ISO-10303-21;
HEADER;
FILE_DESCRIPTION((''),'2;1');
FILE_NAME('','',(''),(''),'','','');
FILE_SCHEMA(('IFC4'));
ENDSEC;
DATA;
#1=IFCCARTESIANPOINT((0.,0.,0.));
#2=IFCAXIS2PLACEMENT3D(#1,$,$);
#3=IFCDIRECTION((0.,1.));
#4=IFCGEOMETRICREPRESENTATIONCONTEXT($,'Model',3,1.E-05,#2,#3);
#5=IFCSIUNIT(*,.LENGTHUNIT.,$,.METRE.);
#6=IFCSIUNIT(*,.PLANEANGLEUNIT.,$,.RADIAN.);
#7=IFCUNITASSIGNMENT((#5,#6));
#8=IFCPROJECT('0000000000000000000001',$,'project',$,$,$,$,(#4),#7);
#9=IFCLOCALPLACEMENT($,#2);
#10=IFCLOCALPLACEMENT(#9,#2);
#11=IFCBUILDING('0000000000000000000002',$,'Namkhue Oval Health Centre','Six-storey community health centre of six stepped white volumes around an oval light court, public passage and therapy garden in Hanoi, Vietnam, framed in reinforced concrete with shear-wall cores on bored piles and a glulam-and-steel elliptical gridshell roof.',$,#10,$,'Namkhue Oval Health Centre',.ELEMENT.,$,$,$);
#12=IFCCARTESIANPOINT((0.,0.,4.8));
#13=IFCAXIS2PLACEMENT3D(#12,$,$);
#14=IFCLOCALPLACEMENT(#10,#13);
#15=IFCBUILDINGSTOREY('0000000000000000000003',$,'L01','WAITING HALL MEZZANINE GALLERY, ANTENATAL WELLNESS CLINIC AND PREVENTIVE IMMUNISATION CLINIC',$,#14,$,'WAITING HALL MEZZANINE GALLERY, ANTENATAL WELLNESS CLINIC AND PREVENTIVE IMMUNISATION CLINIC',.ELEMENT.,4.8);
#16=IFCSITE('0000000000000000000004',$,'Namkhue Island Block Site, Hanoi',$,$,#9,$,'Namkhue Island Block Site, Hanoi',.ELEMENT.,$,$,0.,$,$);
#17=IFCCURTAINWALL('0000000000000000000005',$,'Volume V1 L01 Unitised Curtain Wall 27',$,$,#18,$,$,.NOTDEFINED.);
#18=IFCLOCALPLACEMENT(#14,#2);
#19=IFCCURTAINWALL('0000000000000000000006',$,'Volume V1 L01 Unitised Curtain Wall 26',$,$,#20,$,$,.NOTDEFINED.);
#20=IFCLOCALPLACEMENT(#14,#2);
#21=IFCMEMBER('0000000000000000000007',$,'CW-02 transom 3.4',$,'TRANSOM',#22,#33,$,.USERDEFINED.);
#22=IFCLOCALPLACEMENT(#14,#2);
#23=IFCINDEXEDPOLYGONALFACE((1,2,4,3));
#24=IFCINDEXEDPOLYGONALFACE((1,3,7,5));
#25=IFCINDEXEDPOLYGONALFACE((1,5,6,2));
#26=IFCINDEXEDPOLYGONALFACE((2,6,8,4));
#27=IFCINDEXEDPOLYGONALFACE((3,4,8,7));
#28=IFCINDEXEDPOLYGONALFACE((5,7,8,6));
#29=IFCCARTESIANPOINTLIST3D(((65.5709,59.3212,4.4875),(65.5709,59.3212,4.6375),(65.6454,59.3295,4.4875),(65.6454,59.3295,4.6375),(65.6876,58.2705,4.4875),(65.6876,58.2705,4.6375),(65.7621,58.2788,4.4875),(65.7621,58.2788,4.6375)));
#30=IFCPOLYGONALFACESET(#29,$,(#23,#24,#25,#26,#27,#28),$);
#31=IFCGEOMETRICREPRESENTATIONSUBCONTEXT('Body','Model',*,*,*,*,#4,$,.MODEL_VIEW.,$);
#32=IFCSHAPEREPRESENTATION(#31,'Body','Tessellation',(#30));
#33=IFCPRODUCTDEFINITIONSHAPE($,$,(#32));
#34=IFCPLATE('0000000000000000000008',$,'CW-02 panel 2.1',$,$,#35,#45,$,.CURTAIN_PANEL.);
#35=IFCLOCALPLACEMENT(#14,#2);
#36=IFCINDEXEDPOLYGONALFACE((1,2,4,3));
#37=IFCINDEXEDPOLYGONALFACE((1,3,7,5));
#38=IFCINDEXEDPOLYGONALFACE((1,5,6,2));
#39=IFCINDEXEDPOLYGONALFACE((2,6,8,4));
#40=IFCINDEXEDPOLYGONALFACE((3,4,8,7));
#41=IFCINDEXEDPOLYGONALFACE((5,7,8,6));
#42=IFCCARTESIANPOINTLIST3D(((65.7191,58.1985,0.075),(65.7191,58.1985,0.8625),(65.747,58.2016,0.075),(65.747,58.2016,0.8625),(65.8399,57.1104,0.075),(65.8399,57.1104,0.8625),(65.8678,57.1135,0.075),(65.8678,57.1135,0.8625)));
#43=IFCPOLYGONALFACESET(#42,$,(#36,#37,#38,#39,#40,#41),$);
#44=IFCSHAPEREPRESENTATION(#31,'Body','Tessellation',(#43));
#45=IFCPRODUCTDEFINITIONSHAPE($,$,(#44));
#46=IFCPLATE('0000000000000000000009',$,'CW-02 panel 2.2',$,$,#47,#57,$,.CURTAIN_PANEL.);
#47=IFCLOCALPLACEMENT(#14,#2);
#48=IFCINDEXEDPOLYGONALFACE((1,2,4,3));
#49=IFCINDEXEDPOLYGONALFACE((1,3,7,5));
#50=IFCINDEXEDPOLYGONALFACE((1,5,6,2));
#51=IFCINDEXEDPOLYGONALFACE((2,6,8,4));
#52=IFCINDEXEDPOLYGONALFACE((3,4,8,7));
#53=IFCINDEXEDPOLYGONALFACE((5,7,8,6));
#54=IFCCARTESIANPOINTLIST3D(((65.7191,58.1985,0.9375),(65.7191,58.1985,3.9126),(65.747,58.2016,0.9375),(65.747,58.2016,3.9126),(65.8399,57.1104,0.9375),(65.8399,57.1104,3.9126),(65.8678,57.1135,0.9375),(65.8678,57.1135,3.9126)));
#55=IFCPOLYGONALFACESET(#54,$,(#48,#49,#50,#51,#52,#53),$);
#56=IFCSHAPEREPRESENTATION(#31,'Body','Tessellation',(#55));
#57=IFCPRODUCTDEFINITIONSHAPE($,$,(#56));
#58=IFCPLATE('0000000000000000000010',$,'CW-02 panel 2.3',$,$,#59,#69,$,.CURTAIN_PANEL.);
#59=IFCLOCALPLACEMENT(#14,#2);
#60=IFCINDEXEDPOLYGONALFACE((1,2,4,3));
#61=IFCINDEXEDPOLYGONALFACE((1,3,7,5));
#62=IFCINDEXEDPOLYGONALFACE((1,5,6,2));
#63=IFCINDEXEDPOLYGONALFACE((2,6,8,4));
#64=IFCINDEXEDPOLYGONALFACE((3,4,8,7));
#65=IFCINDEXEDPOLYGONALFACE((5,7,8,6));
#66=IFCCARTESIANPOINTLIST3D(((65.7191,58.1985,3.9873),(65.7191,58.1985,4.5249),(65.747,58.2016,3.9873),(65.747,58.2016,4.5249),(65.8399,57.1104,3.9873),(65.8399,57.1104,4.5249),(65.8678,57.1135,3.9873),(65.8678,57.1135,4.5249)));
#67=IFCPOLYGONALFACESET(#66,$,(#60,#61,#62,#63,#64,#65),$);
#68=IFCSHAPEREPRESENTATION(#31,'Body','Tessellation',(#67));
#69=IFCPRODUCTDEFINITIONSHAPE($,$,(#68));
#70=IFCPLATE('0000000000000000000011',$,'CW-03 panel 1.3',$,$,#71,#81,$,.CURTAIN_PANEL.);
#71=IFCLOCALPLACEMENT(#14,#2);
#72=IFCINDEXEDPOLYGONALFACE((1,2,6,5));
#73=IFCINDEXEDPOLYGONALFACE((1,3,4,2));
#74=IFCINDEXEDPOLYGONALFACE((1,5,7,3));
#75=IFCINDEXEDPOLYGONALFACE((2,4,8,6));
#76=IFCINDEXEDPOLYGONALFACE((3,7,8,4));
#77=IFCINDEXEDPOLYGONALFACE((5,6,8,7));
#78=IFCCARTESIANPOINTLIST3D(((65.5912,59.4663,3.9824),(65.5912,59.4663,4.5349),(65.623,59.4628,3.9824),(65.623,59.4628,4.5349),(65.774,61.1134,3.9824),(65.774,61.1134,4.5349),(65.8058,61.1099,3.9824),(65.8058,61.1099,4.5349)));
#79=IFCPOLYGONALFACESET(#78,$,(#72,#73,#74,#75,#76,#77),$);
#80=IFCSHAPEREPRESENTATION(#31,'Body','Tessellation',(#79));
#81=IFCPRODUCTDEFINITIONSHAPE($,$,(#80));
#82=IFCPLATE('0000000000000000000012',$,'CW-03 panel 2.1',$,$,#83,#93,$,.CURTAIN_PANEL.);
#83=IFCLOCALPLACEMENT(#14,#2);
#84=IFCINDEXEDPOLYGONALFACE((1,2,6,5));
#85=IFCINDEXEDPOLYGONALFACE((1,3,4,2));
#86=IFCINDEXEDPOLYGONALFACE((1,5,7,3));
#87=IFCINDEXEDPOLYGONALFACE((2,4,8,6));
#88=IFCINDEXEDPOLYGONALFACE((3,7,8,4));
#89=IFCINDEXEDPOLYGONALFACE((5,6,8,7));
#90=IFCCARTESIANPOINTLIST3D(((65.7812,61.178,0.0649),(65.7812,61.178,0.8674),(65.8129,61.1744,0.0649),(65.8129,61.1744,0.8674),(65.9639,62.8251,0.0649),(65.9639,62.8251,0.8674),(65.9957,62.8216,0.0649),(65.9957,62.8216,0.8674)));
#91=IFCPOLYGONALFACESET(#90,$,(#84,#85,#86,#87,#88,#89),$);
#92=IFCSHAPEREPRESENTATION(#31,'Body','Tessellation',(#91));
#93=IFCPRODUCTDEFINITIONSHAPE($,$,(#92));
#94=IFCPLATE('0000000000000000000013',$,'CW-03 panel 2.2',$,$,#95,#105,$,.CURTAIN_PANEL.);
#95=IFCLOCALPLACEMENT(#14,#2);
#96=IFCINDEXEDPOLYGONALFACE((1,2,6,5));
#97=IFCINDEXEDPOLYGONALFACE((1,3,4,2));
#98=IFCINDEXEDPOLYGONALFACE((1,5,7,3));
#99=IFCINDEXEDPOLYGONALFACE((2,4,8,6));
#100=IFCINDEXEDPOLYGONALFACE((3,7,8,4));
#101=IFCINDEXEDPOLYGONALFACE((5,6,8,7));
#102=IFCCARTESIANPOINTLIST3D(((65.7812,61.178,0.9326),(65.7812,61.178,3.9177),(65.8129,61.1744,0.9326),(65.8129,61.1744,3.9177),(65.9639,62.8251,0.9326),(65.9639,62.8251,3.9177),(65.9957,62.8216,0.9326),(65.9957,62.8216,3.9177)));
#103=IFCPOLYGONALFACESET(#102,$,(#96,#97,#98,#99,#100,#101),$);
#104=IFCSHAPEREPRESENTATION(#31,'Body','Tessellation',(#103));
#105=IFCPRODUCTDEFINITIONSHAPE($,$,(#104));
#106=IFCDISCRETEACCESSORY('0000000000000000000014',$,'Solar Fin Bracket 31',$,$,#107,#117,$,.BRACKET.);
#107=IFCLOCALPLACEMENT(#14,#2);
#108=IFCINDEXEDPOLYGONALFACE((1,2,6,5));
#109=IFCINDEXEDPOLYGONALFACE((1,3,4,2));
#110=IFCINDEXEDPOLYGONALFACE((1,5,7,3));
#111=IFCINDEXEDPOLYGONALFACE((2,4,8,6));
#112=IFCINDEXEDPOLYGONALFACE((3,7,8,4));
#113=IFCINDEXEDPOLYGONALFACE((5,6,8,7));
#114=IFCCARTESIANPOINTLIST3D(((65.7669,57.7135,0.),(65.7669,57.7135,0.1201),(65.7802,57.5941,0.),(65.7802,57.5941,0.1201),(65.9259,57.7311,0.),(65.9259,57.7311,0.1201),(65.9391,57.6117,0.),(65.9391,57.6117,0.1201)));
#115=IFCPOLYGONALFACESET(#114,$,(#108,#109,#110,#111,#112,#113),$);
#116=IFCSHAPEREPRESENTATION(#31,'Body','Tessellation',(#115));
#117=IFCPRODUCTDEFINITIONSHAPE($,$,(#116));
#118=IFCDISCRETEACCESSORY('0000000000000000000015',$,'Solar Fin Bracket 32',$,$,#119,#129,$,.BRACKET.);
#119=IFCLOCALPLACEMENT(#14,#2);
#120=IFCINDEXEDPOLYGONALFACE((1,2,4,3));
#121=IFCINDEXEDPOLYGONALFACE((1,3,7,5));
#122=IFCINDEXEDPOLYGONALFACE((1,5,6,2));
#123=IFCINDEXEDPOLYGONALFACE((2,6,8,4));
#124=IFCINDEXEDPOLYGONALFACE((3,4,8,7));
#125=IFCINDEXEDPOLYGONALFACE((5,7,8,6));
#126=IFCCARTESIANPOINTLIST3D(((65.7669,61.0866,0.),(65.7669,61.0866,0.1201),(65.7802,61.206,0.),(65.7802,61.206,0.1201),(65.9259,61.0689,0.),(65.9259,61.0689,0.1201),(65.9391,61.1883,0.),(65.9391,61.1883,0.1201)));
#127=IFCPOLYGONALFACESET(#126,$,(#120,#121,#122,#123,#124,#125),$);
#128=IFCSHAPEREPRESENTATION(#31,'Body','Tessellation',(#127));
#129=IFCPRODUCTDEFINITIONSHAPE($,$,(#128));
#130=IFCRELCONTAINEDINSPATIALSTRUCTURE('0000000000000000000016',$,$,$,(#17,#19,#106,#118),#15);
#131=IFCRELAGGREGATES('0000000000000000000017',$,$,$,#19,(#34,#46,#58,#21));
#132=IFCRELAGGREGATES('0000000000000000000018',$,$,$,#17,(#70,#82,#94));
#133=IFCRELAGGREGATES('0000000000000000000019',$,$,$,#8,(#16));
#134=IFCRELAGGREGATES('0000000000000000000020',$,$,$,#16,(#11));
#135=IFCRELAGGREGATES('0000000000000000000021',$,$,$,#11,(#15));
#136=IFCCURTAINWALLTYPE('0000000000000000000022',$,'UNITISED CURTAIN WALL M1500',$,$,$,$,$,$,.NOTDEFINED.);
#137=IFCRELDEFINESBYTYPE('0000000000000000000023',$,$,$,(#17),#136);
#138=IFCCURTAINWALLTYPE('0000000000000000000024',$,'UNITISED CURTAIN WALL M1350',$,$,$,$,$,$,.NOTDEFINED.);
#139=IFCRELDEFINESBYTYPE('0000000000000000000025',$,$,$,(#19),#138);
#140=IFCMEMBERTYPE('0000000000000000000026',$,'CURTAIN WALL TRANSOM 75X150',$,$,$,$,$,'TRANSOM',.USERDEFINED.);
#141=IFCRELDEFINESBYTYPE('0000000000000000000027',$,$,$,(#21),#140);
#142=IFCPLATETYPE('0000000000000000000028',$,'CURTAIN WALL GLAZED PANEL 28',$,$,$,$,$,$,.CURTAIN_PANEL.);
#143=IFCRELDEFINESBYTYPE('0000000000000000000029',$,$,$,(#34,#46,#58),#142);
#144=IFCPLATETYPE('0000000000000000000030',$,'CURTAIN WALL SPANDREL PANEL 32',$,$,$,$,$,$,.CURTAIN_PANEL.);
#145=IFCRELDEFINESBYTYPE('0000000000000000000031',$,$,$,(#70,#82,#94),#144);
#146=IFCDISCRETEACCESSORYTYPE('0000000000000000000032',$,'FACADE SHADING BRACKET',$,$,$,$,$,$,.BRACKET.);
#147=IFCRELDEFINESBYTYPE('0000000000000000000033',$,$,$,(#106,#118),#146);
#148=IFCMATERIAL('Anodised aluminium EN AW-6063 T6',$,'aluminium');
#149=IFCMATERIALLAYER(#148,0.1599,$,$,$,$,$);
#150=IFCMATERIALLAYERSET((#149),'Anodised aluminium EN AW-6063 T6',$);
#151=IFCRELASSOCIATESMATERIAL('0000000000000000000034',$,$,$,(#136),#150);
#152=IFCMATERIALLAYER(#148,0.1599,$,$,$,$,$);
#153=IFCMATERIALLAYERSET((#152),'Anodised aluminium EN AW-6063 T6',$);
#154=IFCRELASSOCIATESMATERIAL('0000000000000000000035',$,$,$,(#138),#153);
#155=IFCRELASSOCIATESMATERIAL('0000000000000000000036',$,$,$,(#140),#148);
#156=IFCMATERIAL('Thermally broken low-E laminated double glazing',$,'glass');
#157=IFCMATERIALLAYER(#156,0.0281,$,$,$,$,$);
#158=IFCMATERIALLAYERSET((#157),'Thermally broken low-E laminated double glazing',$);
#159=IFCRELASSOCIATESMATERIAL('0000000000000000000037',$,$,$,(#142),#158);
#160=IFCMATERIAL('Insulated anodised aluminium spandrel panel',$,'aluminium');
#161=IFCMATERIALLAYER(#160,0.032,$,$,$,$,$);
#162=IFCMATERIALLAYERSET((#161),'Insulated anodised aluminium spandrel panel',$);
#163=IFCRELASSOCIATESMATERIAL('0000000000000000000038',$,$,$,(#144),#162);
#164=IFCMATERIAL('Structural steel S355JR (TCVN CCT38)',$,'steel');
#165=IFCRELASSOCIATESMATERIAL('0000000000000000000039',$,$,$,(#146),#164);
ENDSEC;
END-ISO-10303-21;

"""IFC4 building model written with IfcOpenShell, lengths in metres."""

from ifc_helpers import new_model, si_unit, direction, frame, origin, origin_2d, place, context, subcontext, project, spatial, rectangle, extrude, material, layer, layer_set, material_profile, profile_set, type_object, element, aggregate, save


model = new_model("IFC4")

# Units and contexts
model_context = context("Model", 3, precision=1e-05, world=origin(), true_north=direction((0.0, 1.0)))
body_context = subcontext(model_context, "Body", "Model", "MODEL_VIEW")
ifc_project = project(units=[si_unit("LENGTHUNIT", "METRE"), si_unit("PLANEANGLEUNIT", "RADIAN")], contexts=[model_context])

# Site, building, storey
site_placement = place(None, origin())
site = spatial("IfcSite", under=ifc_project, at=site_placement, Name="Namkhue Island Block Site, Hanoi", LongName="Namkhue Island Block Site, Hanoi", CompositionType="ELEMENT", RefElevation=0.0)
building_placement = place(site_placement, origin())
building = spatial("IfcBuilding", under=site, at=building_placement, Name="Namkhue Oval Health Centre", Description="Six-storey community health centre of six stepped white volumes around an oval light court, public passage and therapy garden in Hanoi, Vietnam, framed in reinforced concrete with shear-wall cores on bored piles and a glulam-and-steel elliptical gridshell roof.", LongName="Namkhue Oval Health Centre", CompositionType="ELEMENT")
storey_placement = place(building_placement, frame((0.0, 0.0, 4.8)))
storey = spatial("IfcBuildingStorey", under=building, at=storey_placement, Name="L01", Description="WAITING HALL MEZZANINE GALLERY, ANTENATAL WELLNESS CLINIC AND PREVENTIVE IMMUNISATION CLINIC", LongName="WAITING HALL MEZZANINE GALLERY, ANTENATAL WELLNESS CLINIC AND PREVENTIVE IMMUNISATION CLINIC", CompositionType="ELEMENT", Elevation=4.8)

# Curtain wall
ifc_material_1 = material(Name="Anodised aluminium EN AW-6063 T6", Category="aluminium")
ifc_layer_1 = layer(ifc_material_1, 0.1599)
ifc_layer_set_1 = layer_set([ifc_layer_1], Name="Anodised aluminium EN AW-6063 T6")
curtain_wall_type_1 = type_object("IfcCurtainWallType", Name="UNITISED CURTAIN WALL M1500", PredefinedType="NOTDEFINED", material=ifc_layer_set_1)
curtain_wall_1_placement = place(storey_placement, origin())
curtain_wall_1 = element("IfcCurtainWall", 1, at=curtain_wall_1_placement, inside=storey, type_object=curtain_wall_type_1, Name="Volume V1 L01 Unitised Curtain Wall 27", PredefinedType="NOTDEFINED")

# Curtain wall
ifc_layer_2 = layer(ifc_material_1, 0.1599)
ifc_layer_set_2 = layer_set([ifc_layer_2], Name="Anodised aluminium EN AW-6063 T6")
curtain_wall_type_2 = type_object("IfcCurtainWallType", Name="UNITISED CURTAIN WALL M1350", PredefinedType="NOTDEFINED", material=ifc_layer_set_2)
curtain_wall_2_placement = place(storey_placement, origin())
curtain_wall_2 = element("IfcCurtainWall", 2, at=curtain_wall_2_placement, inside=storey, type_object=curtain_wall_type_2, Name="Volume V1 L01 Unitised Curtain Wall 26", PredefinedType="NOTDEFINED")

# Member
ifc_material_profile_1 = material_profile(ifc_material_1, rectangle(XDim=0.075, YDim=0.1499, at=origin_2d()), Name="ALU 75x150")
ifc_profile_set_1 = profile_set([ifc_material_profile_1], Name="Anodised aluminium EN AW-6063 T6")
member_type_1 = type_object("IfcMemberType", Name="CURTAIN WALL TRANSOM 75X150", ElementType="TRANSOM", PredefinedType="USERDEFINED", material=ifc_profile_set_1)
member_1_placement = place(storey_placement, frame((65.7249, 58.2747, 4.5625), z_axis=(-0.110381, 0.993889, 0.0), x_axis=(-0.993889, -0.110381, 0.0)))
member_1 = element("IfcMember", 3, at=member_1_placement, type_object=member_type_1, Name="CW-02 transom 3.4", ObjectType="TRANSOM", PredefinedType="USERDEFINED", context=body_context, shape_type="SweptSolid", body=[
    extrude(rectangle(XDim=0.075, YDim=0.1499, at=origin_2d()), origin(), (0.0, 0.0, 1.0), 1.0571),
])

# Plates
ifc_material_2 = material(Name="Thermally broken low-E laminated double glazing", Category="glass")
ifc_layer_3 = layer(ifc_material_2, 0.0281)
ifc_layer_set_3 = layer_set([ifc_layer_3], Name="Thermally broken low-E laminated double glazing")
plate_type_1 = type_object("IfcPlateType", Name="CURTAIN WALL GLAZED PANEL 28", PredefinedType="CURTAIN_PANEL", material=ifc_layer_set_3)
plate_1_placement = place(storey_placement, frame((65.7935, 57.656, 0.075), z_axis=(0.0, 0.0, 1.0), x_axis=(-0.110275, 0.993901, 0.0)))
plate_1 = element("IfcPlate", 4, at=plate_1_placement, type_object=plate_type_1, Name="CW-02 panel 2.1", PredefinedType="CURTAIN_PANEL", context=body_context, shape_type="SweptSolid", body=[
    extrude(rectangle(XDim=1.0947, YDim=0.0281, at=origin_2d()), origin(), (0.0, 0.0, 1.0), 0.7876),
])
plate_2_placement = place(storey_placement, frame((65.7935, 57.656, 0.9375), z_axis=(0.0, 0.0, 1.0), x_axis=(-0.110275, 0.993901, 0.0)))
plate_2 = element("IfcPlate", 5, at=plate_2_placement, type_object=plate_type_1, Name="CW-02 panel 2.2", PredefinedType="CURTAIN_PANEL", context=body_context, shape_type="SweptSolid", body=[
    extrude(rectangle(XDim=1.0947, YDim=0.0281, at=origin_2d()), origin(), (0.0, 0.0, 1.0), 2.9751),
])
plate_3_placement = place(storey_placement, frame((65.7935, 57.656, 3.9873), z_axis=(0.0, 0.0, 1.0), x_axis=(-0.110275, 0.993901, 0.0)))
plate_3 = element("IfcPlate", 6, at=plate_3_placement, type_object=plate_type_1, Name="CW-02 panel 2.3", PredefinedType="CURTAIN_PANEL", context=body_context, shape_type="SweptSolid", body=[
    extrude(rectangle(XDim=1.0947, YDim=0.0281, at=origin_2d()), origin(), (0.0, 0.0, 1.0), 0.5376),
])
aggregate(curtain_wall_2, [plate_1, plate_2, plate_3, member_1])
ifc_material_3 = material(Name="Insulated anodised aluminium spandrel panel", Category="aluminium")
ifc_layer_4 = layer(ifc_material_3, 0.032)
ifc_layer_set_4 = layer_set([ifc_layer_4], Name="Insulated anodised aluminium spandrel panel")
plate_type_2 = type_object("IfcPlateType", Name="CURTAIN WALL SPANDREL PANEL 32", PredefinedType="CURTAIN_PANEL", material=ifc_layer_set_4)
plate_4_placement = place(storey_placement, frame((65.6985, 60.2881, 3.9824), z_axis=(0.0, 0.0, 1.0), x_axis=(0.110275, 0.993901, 0.0)))
plate_4 = element("IfcPlate", 7, at=plate_4_placement, type_object=plate_type_2, Name="CW-03 panel 1.3", PredefinedType="CURTAIN_PANEL", context=body_context, shape_type="SweptSolid", body=[
    extrude(rectangle(XDim=1.6572, YDim=0.032, at=origin_2d()), origin(), (0.0, 0.0, 1.0), 0.5525),
])
plate_5_placement = place(storey_placement, frame((65.8884, 61.9998, 0.0649), z_axis=(0.0, 0.0, 1.0), x_axis=(0.110275, 0.993901, 0.0)))
plate_5 = element("IfcPlate", 8, at=plate_5_placement, type_object=plate_type_2, Name="CW-03 panel 2.1", PredefinedType="CURTAIN_PANEL", context=body_context, shape_type="SweptSolid", body=[
    extrude(rectangle(XDim=1.6572, YDim=0.032, at=origin_2d()), origin(), (0.0, 0.0, 1.0), 0.8025),
])
plate_6_placement = place(storey_placement, frame((65.8884, 61.9998, 0.9326), z_axis=(0.0, 0.0, 1.0), x_axis=(0.110275, 0.993901, 0.0)))
plate_6 = element("IfcPlate", 9, at=plate_6_placement, type_object=plate_type_2, Name="CW-03 panel 2.2", PredefinedType="CURTAIN_PANEL", context=body_context, shape_type="SweptSolid", body=[
    extrude(rectangle(XDim=1.6572, YDim=0.032, at=origin_2d()), origin(), (0.0, 0.0, 1.0), 2.9851),
])
aggregate(curtain_wall_1, [plate_4, plate_5, plate_6])

# Discrete accessories
ifc_material_4 = material(Name="Structural steel S355JR (TCVN CCT38)", Category="steel")
discrete_accessory_type = type_object("IfcDiscreteAccessoryType", Name="FACADE SHADING BRACKET", PredefinedType="BRACKET", material=ifc_material_4)
for number, where, z_axis, x_axis, name in (
    (10, (65.853, 57.6626, 0.0), (0.0, 0.0, 1.0), (0.993903, 0.110255, 0.0), "Solar Fin Bracket 31"),
    (11, (65.853, 61.1375, 0.0), (0.0, 0.0, 1.0), (0.993903, -0.110255, 0.0), "Solar Fin Bracket 32"),
):
    element("IfcDiscreteAccessory", number, at=place(storey_placement, frame(where, z_axis=z_axis, x_axis=x_axis)), inside=storey, type_object=discrete_accessory_type, Name=name, PredefinedType="BRACKET", context=body_context, shape_type="SweptSolid", body=[
        extrude(rectangle(XDim=0.1599, YDim=0.1201, at=origin_2d()), origin(), (0.0, 0.0, 1.0), 0.1201),
    ])

save(model, "model.ifc")
